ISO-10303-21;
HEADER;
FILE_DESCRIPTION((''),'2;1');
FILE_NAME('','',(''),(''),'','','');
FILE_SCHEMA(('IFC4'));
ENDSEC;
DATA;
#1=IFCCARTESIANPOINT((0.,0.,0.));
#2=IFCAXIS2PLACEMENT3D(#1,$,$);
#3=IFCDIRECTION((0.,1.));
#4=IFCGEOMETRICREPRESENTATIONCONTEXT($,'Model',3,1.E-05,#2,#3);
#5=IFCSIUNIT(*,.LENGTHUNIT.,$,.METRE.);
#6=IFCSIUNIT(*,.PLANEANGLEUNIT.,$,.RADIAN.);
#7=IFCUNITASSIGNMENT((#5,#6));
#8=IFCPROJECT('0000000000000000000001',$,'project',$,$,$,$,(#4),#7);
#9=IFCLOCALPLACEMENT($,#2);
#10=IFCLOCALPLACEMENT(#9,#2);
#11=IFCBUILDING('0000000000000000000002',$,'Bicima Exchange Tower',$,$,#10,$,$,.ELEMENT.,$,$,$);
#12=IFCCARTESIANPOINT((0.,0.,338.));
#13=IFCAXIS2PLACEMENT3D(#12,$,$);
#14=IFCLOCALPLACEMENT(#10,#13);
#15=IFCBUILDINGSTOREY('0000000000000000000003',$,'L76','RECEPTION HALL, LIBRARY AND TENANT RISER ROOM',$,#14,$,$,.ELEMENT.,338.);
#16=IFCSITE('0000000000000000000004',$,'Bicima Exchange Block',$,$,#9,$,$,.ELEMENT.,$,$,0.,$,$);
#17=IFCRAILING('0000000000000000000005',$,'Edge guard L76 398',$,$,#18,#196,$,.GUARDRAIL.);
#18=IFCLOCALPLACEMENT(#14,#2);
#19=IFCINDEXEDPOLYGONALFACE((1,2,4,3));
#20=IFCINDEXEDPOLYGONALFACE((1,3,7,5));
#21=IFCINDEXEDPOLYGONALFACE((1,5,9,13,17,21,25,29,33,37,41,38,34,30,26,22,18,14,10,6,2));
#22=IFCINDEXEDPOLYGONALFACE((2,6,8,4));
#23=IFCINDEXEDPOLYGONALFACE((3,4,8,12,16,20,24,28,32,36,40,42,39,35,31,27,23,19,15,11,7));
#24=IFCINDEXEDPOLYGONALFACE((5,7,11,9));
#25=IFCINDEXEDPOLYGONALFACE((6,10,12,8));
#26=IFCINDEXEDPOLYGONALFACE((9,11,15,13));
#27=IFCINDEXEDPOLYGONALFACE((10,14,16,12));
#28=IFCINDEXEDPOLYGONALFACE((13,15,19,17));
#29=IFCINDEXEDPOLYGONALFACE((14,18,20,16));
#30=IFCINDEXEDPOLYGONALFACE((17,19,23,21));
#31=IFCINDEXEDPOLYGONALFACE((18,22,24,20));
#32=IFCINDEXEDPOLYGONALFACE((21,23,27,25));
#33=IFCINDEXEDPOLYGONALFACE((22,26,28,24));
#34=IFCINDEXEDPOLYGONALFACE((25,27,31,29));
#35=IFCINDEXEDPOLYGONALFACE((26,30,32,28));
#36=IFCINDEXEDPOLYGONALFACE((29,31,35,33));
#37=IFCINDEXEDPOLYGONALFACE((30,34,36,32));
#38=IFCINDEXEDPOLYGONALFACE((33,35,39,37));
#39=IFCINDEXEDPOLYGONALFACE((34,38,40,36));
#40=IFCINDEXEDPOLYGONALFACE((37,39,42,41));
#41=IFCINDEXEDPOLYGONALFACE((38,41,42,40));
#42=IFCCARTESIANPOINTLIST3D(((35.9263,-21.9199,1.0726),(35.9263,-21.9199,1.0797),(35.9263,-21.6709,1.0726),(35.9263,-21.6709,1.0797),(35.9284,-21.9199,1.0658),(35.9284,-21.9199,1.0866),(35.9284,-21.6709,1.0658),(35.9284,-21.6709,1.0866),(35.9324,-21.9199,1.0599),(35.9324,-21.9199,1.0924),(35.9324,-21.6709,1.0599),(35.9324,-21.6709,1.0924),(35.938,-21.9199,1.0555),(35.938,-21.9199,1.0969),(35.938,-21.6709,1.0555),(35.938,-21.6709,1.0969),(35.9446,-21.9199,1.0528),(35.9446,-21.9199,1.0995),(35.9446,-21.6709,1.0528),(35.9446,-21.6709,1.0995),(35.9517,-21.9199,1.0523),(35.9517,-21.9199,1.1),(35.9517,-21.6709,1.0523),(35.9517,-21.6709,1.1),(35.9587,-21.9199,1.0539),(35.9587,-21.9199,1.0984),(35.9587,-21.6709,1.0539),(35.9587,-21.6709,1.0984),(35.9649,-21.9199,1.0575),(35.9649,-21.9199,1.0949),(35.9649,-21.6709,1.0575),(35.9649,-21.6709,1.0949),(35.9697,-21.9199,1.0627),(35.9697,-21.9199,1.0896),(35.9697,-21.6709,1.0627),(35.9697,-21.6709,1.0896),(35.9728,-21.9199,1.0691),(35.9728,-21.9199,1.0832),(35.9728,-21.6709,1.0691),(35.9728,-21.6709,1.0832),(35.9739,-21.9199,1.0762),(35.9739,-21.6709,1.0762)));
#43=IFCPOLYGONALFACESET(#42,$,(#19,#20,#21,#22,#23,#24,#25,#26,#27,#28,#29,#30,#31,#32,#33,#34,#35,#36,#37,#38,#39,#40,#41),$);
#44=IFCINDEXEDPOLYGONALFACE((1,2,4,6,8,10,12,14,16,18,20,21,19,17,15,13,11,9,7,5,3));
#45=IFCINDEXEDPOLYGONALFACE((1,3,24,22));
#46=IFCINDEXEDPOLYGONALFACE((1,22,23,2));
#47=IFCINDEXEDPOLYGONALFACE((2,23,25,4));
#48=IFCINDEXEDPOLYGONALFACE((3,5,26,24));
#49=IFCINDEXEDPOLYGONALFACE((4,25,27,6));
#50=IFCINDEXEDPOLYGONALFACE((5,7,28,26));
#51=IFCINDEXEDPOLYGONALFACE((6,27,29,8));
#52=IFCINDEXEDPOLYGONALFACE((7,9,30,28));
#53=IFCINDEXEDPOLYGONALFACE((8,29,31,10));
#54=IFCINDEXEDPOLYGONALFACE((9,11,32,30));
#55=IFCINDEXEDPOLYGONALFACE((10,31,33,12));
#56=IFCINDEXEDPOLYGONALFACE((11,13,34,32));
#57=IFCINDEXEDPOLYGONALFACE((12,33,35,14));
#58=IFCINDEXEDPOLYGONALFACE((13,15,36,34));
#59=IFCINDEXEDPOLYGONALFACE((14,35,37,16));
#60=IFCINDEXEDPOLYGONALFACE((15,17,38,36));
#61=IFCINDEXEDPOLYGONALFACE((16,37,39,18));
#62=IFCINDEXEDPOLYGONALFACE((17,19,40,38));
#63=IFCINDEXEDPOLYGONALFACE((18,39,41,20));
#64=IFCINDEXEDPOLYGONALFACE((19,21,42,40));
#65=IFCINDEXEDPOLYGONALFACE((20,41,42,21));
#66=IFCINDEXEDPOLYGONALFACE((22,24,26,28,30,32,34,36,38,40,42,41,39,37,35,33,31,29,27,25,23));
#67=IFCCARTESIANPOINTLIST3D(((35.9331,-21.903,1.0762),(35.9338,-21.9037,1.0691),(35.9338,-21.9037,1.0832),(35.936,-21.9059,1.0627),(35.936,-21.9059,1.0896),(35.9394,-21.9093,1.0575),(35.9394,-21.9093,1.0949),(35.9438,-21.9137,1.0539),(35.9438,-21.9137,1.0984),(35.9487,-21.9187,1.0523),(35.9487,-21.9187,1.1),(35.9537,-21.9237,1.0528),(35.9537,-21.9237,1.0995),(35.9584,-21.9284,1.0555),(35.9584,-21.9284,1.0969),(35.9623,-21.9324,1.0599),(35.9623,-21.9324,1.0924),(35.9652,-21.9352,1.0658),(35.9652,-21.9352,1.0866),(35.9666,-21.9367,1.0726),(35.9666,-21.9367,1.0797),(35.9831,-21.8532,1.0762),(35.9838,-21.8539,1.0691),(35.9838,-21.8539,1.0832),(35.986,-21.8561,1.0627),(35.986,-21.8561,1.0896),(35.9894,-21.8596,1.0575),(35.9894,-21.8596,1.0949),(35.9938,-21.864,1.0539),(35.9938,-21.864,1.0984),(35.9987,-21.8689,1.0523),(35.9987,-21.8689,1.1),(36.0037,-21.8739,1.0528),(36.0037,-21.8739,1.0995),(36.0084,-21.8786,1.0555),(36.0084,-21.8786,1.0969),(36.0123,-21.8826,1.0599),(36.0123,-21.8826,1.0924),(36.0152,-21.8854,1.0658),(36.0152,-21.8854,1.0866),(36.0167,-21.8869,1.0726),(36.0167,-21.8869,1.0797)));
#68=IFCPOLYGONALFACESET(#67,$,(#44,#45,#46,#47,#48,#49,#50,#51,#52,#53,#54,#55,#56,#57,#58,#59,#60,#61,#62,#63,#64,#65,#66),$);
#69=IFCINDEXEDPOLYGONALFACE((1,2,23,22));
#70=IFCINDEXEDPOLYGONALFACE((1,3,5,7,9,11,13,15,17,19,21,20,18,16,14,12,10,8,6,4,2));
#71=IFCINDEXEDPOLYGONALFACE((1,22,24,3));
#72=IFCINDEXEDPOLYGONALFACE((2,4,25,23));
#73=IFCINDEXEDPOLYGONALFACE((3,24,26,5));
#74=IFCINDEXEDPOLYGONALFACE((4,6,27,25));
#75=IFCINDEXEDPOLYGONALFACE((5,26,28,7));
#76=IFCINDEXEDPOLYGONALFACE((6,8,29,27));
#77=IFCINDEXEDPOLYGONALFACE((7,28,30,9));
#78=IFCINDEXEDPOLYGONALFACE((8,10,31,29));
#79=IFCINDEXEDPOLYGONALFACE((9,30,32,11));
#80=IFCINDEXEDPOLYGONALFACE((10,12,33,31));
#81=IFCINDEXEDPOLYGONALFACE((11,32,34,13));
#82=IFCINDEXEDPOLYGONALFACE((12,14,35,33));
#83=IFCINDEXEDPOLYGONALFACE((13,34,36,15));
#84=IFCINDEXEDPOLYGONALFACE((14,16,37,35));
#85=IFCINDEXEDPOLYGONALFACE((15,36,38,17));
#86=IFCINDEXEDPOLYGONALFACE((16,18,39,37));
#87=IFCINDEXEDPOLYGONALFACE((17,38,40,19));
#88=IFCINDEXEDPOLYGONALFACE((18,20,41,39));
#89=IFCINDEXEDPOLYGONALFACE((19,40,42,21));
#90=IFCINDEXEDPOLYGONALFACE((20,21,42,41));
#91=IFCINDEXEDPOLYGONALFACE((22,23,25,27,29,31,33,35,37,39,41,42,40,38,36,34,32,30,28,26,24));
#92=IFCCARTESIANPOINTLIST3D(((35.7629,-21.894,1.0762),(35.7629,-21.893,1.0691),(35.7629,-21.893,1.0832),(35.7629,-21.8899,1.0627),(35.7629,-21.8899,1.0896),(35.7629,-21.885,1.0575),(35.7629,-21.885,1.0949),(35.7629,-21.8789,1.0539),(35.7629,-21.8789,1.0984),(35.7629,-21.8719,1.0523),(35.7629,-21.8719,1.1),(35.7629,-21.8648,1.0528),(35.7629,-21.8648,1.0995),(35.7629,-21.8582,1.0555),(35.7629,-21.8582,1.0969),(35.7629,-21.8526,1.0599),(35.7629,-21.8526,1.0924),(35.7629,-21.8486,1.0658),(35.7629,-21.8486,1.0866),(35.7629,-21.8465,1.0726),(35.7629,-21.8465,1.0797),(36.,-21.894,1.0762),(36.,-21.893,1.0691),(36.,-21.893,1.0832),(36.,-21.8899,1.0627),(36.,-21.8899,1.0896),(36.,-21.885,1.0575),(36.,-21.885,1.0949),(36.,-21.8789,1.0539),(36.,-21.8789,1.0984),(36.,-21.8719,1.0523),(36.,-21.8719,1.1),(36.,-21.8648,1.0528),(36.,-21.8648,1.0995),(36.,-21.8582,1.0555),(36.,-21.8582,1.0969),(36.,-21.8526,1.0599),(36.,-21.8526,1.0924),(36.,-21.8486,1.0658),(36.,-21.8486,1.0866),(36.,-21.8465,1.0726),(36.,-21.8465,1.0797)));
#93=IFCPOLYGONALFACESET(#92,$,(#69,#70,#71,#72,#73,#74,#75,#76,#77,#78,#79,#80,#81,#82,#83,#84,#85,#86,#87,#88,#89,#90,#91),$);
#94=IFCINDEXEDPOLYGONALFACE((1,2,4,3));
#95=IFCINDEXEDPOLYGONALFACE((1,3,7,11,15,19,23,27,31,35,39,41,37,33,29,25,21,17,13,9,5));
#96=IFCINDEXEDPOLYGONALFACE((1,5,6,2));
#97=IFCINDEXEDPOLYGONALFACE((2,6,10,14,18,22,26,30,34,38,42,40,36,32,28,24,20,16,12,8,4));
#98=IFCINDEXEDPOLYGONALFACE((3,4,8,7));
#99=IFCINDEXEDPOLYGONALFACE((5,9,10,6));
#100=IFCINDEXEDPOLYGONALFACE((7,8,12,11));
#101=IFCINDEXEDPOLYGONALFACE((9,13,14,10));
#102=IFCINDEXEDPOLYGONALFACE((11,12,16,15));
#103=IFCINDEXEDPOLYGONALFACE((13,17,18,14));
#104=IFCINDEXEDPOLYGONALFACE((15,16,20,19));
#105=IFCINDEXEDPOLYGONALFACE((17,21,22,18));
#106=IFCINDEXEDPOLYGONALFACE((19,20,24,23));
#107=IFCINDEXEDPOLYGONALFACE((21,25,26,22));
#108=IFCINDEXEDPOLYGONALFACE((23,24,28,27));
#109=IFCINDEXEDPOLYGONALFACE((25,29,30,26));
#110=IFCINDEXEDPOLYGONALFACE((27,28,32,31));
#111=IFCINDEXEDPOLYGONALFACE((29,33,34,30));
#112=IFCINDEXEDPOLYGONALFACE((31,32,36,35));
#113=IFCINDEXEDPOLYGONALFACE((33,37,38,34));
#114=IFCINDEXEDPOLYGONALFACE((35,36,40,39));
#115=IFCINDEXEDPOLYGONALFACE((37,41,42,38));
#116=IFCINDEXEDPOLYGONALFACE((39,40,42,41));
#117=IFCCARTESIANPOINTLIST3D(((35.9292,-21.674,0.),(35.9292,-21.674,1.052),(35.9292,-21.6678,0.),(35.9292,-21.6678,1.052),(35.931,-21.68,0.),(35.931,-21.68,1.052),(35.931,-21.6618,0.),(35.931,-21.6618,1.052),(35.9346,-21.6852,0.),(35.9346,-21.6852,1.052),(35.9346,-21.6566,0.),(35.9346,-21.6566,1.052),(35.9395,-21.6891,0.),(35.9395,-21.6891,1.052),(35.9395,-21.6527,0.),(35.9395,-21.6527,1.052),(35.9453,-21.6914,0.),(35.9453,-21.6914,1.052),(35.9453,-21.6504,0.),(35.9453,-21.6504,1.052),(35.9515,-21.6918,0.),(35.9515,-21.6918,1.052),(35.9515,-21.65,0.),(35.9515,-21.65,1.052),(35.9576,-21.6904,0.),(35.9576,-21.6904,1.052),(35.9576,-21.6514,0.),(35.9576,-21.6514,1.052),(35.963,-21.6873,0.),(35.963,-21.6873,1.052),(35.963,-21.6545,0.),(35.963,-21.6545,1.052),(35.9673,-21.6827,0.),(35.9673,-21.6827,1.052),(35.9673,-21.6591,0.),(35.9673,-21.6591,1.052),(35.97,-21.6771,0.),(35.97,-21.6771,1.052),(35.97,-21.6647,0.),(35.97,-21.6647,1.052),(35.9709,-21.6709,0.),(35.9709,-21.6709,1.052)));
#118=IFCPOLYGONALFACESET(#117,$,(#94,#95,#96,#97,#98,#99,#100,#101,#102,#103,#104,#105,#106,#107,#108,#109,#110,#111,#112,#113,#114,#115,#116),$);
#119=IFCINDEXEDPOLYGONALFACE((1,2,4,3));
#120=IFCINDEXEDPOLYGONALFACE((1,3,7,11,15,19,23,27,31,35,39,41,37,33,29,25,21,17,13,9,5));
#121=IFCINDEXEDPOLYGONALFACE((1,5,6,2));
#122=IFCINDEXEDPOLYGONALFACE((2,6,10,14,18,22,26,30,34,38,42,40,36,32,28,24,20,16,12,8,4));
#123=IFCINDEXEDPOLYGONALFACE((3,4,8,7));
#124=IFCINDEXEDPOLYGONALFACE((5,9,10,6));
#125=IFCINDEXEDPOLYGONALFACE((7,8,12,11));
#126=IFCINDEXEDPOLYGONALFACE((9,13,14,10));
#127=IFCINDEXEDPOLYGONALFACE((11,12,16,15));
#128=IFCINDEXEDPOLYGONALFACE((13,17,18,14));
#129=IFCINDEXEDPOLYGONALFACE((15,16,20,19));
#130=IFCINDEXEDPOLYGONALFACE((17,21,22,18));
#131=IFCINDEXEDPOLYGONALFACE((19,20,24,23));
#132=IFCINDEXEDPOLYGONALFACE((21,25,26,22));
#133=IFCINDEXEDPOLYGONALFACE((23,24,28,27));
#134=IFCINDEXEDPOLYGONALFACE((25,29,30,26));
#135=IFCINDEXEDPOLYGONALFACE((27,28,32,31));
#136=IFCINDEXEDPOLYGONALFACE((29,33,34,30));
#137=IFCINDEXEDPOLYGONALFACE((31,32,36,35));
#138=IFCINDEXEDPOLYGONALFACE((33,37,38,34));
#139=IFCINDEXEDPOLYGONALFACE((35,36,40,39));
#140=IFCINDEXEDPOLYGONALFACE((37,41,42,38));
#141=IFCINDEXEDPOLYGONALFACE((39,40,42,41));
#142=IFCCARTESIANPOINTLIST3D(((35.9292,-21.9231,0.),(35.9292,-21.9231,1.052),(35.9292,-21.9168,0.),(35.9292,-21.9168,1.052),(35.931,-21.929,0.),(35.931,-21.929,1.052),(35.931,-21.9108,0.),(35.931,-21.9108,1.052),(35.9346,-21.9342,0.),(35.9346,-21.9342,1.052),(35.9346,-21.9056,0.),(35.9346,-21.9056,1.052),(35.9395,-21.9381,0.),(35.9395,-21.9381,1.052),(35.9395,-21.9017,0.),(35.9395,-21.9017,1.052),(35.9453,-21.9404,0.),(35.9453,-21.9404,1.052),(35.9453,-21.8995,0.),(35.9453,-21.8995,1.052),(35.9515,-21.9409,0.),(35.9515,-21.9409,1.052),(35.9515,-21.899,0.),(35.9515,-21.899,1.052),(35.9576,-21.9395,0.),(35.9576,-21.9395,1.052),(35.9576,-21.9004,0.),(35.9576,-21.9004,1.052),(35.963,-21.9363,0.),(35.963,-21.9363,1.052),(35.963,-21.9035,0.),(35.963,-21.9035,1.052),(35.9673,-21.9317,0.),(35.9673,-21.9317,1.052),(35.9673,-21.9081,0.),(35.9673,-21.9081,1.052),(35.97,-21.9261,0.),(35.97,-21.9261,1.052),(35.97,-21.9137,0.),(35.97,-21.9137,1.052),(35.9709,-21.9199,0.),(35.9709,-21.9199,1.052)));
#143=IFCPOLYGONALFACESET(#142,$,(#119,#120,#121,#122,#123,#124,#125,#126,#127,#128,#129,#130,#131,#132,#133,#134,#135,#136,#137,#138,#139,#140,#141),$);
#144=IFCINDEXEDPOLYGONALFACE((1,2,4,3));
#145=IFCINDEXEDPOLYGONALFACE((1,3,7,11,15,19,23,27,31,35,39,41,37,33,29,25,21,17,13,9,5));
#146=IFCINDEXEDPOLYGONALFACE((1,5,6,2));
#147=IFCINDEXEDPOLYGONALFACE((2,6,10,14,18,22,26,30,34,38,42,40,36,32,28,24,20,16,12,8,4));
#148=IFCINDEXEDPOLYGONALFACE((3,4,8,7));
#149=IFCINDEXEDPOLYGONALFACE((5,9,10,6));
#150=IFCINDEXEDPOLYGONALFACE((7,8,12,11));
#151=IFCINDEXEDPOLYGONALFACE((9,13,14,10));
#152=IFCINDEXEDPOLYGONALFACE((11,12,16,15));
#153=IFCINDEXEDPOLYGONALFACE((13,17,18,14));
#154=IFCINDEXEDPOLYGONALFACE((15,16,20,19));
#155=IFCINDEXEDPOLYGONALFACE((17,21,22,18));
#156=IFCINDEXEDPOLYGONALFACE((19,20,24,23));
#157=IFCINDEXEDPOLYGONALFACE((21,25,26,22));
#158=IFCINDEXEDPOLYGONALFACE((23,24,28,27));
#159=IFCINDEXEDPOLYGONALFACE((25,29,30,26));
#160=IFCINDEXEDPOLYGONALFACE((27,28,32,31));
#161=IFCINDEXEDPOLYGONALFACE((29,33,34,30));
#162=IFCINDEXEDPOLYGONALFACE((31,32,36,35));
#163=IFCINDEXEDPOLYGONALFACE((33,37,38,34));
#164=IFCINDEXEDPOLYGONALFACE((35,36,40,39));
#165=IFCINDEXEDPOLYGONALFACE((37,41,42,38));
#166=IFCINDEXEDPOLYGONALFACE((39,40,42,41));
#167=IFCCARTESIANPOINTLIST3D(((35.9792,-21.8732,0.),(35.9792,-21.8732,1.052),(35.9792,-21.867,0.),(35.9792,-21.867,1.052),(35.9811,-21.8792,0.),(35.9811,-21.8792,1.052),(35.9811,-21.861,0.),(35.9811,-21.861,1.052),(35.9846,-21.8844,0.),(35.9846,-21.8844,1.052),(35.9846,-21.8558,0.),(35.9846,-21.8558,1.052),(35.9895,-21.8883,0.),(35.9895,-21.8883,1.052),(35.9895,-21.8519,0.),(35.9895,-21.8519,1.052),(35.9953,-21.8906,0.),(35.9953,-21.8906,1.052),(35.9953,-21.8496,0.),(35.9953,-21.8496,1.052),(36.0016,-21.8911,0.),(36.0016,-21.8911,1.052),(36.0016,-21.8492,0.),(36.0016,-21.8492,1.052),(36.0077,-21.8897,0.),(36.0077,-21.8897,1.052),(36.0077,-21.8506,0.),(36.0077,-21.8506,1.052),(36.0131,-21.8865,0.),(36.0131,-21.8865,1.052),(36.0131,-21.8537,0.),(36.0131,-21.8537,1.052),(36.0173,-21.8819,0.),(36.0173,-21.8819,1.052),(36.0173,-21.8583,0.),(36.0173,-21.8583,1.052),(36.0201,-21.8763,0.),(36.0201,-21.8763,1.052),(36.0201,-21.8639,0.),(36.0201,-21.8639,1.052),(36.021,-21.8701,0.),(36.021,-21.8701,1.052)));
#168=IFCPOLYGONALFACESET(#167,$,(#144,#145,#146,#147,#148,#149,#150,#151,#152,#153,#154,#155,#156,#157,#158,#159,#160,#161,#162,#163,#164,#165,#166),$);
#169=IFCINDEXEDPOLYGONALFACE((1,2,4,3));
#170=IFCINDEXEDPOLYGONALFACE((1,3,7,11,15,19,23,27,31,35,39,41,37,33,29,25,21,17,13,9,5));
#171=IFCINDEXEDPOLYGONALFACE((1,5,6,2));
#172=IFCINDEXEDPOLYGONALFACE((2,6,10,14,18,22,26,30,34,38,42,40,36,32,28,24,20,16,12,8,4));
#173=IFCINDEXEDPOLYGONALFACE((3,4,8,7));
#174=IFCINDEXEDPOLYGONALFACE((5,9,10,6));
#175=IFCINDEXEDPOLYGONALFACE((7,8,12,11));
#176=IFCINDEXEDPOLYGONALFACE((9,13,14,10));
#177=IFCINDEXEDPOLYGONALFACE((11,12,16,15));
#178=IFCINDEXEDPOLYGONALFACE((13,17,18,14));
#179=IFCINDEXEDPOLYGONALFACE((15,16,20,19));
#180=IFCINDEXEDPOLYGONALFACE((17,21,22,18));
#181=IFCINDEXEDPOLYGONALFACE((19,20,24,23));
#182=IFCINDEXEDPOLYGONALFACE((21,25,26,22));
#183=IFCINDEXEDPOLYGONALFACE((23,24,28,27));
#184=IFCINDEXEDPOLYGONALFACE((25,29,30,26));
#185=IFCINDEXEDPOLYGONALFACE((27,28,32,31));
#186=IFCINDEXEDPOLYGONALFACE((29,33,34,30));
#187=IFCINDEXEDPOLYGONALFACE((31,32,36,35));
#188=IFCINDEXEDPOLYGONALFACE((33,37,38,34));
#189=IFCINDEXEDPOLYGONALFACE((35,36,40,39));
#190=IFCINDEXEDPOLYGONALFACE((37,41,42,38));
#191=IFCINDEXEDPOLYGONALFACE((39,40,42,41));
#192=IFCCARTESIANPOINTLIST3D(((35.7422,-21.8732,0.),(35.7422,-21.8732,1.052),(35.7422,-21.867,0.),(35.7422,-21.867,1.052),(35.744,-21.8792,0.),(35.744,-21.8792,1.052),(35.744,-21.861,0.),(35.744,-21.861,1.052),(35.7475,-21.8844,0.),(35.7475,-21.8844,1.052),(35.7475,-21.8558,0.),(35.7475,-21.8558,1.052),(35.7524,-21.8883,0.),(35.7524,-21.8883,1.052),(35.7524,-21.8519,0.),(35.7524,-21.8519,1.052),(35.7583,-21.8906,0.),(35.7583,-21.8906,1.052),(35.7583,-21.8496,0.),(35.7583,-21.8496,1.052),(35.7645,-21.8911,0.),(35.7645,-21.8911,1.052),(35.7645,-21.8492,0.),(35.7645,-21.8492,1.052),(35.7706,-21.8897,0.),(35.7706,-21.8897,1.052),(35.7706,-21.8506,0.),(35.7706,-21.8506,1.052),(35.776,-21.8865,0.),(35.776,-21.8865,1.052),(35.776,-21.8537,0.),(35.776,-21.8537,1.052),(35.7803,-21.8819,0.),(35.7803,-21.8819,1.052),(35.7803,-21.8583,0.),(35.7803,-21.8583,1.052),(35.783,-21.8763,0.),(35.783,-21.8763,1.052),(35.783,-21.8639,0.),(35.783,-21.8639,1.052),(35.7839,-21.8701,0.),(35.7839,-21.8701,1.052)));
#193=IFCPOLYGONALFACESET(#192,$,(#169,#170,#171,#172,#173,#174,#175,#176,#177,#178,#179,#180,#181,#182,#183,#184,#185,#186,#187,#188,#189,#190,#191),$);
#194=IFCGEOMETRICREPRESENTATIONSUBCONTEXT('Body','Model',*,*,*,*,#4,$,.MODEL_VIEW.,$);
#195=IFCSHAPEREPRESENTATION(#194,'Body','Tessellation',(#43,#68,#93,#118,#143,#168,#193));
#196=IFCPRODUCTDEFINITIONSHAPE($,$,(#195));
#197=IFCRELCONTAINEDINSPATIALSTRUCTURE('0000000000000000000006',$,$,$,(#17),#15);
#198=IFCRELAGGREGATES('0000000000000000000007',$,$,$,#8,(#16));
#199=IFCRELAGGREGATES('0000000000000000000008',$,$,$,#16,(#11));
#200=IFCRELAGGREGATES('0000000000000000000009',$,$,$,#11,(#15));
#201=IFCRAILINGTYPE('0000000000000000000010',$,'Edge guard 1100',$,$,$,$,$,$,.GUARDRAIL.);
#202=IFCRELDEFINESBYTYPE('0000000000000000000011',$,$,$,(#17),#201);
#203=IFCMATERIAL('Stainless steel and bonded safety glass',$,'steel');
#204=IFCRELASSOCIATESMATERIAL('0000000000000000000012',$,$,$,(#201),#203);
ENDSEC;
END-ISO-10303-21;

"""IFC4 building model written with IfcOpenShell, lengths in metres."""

from ifc_helpers import new_model, si_unit, direction, frame, origin, origin_2d, place, context, subcontext, project, spatial, circle, extrude, material, type_object, element, save


model = new_model("IFC4")

# Units and contexts
model_context = context("Model", 3, precision=1e-05, world=origin(), true_north=direction((0.0, 1.0)))
body_context = subcontext(model_context, "Body", "Model", "MODEL_VIEW")
ifc_project = project(units=[si_unit("LENGTHUNIT", "METRE"), si_unit("PLANEANGLEUNIT", "RADIAN")], contexts=[model_context])

# Site, building, storey
site_placement = place(None, origin())
site = spatial("IfcSite", under=ifc_project, at=site_placement, Name="Bicima Exchange Block", CompositionType="ELEMENT", RefElevation=0.0)
building_placement = place(site_placement, origin())
building = spatial("IfcBuilding", under=site, at=building_placement, Name="Bicima Exchange Tower", CompositionType="ELEMENT")
storey_placement = place(building_placement, frame((0.0, 0.0, 338.0)))
storey = spatial("IfcBuildingStorey", under=building, at=storey_placement, Name="L76", Description="RECEPTION HALL, LIBRARY AND TENANT RISER ROOM", CompositionType="ELEMENT", Elevation=338.0)

# Railing
ifc_material_1 = material(Name="Stainless steel and bonded safety glass", Category="steel")
railing_type = type_object("IfcRailingType", Name="Edge guard 1100", PredefinedType="GUARDRAIL", material=ifc_material_1)
railing_1_placement = place(storey_placement, frame((35.95, -21.6709, 0.0)))
element("IfcRailing", 1, at=railing_1_placement, inside=storey, type_object=railing_type, Name="Edge guard L76 398", PredefinedType="GUARDRAIL", context=body_context, shape_type="SweptSolid", body=[
    extrude(circle(Radius=0.0239, at=origin_2d()), frame((0.0, 0.0, 1.0762), z_axis=(0.0, -1.0, 0.0), x_axis=(1.0, 0.0, 0.0)), (0.0, 0.0, 1.0), 0.249),
    extrude(circle(Radius=0.0239, at=origin_2d()), frame((0.0, -0.249, 1.0762), z_axis=(0.708834, 0.705376, 0.0), x_axis=(-0.705376, 0.708834, 0.0)), (0.0, 0.0, 1.0), 0.0706),
    extrude(circle(Radius=0.0239, at=origin_2d()), frame((0.05, -0.1992, 1.0762), z_axis=(-1.0, 0.0, 0.0), x_axis=(0.0, -1.0, 0.0)), (0.0, 0.0, 1.0), 0.2371),
    extrude(circle(Radius=0.021, at=origin_2d()), origin(), (0.0, 0.0, 1.0), 1.052),
    extrude(circle(Radius=0.021, at=origin_2d()), frame((0.0, -0.249, 0.0)), (0.0, 0.0, 1.0), 1.052),
    extrude(circle(Radius=0.021, at=origin_2d()), frame((0.05, -0.1992, 0.0)), (0.0, 0.0, 1.0), 1.052),
    extrude(circle(Radius=0.021, at=origin_2d()), frame((-0.187, -0.1992, 0.0)), (0.0, 0.0, 1.0), 1.052),
])

save(model, "model.ifc")
